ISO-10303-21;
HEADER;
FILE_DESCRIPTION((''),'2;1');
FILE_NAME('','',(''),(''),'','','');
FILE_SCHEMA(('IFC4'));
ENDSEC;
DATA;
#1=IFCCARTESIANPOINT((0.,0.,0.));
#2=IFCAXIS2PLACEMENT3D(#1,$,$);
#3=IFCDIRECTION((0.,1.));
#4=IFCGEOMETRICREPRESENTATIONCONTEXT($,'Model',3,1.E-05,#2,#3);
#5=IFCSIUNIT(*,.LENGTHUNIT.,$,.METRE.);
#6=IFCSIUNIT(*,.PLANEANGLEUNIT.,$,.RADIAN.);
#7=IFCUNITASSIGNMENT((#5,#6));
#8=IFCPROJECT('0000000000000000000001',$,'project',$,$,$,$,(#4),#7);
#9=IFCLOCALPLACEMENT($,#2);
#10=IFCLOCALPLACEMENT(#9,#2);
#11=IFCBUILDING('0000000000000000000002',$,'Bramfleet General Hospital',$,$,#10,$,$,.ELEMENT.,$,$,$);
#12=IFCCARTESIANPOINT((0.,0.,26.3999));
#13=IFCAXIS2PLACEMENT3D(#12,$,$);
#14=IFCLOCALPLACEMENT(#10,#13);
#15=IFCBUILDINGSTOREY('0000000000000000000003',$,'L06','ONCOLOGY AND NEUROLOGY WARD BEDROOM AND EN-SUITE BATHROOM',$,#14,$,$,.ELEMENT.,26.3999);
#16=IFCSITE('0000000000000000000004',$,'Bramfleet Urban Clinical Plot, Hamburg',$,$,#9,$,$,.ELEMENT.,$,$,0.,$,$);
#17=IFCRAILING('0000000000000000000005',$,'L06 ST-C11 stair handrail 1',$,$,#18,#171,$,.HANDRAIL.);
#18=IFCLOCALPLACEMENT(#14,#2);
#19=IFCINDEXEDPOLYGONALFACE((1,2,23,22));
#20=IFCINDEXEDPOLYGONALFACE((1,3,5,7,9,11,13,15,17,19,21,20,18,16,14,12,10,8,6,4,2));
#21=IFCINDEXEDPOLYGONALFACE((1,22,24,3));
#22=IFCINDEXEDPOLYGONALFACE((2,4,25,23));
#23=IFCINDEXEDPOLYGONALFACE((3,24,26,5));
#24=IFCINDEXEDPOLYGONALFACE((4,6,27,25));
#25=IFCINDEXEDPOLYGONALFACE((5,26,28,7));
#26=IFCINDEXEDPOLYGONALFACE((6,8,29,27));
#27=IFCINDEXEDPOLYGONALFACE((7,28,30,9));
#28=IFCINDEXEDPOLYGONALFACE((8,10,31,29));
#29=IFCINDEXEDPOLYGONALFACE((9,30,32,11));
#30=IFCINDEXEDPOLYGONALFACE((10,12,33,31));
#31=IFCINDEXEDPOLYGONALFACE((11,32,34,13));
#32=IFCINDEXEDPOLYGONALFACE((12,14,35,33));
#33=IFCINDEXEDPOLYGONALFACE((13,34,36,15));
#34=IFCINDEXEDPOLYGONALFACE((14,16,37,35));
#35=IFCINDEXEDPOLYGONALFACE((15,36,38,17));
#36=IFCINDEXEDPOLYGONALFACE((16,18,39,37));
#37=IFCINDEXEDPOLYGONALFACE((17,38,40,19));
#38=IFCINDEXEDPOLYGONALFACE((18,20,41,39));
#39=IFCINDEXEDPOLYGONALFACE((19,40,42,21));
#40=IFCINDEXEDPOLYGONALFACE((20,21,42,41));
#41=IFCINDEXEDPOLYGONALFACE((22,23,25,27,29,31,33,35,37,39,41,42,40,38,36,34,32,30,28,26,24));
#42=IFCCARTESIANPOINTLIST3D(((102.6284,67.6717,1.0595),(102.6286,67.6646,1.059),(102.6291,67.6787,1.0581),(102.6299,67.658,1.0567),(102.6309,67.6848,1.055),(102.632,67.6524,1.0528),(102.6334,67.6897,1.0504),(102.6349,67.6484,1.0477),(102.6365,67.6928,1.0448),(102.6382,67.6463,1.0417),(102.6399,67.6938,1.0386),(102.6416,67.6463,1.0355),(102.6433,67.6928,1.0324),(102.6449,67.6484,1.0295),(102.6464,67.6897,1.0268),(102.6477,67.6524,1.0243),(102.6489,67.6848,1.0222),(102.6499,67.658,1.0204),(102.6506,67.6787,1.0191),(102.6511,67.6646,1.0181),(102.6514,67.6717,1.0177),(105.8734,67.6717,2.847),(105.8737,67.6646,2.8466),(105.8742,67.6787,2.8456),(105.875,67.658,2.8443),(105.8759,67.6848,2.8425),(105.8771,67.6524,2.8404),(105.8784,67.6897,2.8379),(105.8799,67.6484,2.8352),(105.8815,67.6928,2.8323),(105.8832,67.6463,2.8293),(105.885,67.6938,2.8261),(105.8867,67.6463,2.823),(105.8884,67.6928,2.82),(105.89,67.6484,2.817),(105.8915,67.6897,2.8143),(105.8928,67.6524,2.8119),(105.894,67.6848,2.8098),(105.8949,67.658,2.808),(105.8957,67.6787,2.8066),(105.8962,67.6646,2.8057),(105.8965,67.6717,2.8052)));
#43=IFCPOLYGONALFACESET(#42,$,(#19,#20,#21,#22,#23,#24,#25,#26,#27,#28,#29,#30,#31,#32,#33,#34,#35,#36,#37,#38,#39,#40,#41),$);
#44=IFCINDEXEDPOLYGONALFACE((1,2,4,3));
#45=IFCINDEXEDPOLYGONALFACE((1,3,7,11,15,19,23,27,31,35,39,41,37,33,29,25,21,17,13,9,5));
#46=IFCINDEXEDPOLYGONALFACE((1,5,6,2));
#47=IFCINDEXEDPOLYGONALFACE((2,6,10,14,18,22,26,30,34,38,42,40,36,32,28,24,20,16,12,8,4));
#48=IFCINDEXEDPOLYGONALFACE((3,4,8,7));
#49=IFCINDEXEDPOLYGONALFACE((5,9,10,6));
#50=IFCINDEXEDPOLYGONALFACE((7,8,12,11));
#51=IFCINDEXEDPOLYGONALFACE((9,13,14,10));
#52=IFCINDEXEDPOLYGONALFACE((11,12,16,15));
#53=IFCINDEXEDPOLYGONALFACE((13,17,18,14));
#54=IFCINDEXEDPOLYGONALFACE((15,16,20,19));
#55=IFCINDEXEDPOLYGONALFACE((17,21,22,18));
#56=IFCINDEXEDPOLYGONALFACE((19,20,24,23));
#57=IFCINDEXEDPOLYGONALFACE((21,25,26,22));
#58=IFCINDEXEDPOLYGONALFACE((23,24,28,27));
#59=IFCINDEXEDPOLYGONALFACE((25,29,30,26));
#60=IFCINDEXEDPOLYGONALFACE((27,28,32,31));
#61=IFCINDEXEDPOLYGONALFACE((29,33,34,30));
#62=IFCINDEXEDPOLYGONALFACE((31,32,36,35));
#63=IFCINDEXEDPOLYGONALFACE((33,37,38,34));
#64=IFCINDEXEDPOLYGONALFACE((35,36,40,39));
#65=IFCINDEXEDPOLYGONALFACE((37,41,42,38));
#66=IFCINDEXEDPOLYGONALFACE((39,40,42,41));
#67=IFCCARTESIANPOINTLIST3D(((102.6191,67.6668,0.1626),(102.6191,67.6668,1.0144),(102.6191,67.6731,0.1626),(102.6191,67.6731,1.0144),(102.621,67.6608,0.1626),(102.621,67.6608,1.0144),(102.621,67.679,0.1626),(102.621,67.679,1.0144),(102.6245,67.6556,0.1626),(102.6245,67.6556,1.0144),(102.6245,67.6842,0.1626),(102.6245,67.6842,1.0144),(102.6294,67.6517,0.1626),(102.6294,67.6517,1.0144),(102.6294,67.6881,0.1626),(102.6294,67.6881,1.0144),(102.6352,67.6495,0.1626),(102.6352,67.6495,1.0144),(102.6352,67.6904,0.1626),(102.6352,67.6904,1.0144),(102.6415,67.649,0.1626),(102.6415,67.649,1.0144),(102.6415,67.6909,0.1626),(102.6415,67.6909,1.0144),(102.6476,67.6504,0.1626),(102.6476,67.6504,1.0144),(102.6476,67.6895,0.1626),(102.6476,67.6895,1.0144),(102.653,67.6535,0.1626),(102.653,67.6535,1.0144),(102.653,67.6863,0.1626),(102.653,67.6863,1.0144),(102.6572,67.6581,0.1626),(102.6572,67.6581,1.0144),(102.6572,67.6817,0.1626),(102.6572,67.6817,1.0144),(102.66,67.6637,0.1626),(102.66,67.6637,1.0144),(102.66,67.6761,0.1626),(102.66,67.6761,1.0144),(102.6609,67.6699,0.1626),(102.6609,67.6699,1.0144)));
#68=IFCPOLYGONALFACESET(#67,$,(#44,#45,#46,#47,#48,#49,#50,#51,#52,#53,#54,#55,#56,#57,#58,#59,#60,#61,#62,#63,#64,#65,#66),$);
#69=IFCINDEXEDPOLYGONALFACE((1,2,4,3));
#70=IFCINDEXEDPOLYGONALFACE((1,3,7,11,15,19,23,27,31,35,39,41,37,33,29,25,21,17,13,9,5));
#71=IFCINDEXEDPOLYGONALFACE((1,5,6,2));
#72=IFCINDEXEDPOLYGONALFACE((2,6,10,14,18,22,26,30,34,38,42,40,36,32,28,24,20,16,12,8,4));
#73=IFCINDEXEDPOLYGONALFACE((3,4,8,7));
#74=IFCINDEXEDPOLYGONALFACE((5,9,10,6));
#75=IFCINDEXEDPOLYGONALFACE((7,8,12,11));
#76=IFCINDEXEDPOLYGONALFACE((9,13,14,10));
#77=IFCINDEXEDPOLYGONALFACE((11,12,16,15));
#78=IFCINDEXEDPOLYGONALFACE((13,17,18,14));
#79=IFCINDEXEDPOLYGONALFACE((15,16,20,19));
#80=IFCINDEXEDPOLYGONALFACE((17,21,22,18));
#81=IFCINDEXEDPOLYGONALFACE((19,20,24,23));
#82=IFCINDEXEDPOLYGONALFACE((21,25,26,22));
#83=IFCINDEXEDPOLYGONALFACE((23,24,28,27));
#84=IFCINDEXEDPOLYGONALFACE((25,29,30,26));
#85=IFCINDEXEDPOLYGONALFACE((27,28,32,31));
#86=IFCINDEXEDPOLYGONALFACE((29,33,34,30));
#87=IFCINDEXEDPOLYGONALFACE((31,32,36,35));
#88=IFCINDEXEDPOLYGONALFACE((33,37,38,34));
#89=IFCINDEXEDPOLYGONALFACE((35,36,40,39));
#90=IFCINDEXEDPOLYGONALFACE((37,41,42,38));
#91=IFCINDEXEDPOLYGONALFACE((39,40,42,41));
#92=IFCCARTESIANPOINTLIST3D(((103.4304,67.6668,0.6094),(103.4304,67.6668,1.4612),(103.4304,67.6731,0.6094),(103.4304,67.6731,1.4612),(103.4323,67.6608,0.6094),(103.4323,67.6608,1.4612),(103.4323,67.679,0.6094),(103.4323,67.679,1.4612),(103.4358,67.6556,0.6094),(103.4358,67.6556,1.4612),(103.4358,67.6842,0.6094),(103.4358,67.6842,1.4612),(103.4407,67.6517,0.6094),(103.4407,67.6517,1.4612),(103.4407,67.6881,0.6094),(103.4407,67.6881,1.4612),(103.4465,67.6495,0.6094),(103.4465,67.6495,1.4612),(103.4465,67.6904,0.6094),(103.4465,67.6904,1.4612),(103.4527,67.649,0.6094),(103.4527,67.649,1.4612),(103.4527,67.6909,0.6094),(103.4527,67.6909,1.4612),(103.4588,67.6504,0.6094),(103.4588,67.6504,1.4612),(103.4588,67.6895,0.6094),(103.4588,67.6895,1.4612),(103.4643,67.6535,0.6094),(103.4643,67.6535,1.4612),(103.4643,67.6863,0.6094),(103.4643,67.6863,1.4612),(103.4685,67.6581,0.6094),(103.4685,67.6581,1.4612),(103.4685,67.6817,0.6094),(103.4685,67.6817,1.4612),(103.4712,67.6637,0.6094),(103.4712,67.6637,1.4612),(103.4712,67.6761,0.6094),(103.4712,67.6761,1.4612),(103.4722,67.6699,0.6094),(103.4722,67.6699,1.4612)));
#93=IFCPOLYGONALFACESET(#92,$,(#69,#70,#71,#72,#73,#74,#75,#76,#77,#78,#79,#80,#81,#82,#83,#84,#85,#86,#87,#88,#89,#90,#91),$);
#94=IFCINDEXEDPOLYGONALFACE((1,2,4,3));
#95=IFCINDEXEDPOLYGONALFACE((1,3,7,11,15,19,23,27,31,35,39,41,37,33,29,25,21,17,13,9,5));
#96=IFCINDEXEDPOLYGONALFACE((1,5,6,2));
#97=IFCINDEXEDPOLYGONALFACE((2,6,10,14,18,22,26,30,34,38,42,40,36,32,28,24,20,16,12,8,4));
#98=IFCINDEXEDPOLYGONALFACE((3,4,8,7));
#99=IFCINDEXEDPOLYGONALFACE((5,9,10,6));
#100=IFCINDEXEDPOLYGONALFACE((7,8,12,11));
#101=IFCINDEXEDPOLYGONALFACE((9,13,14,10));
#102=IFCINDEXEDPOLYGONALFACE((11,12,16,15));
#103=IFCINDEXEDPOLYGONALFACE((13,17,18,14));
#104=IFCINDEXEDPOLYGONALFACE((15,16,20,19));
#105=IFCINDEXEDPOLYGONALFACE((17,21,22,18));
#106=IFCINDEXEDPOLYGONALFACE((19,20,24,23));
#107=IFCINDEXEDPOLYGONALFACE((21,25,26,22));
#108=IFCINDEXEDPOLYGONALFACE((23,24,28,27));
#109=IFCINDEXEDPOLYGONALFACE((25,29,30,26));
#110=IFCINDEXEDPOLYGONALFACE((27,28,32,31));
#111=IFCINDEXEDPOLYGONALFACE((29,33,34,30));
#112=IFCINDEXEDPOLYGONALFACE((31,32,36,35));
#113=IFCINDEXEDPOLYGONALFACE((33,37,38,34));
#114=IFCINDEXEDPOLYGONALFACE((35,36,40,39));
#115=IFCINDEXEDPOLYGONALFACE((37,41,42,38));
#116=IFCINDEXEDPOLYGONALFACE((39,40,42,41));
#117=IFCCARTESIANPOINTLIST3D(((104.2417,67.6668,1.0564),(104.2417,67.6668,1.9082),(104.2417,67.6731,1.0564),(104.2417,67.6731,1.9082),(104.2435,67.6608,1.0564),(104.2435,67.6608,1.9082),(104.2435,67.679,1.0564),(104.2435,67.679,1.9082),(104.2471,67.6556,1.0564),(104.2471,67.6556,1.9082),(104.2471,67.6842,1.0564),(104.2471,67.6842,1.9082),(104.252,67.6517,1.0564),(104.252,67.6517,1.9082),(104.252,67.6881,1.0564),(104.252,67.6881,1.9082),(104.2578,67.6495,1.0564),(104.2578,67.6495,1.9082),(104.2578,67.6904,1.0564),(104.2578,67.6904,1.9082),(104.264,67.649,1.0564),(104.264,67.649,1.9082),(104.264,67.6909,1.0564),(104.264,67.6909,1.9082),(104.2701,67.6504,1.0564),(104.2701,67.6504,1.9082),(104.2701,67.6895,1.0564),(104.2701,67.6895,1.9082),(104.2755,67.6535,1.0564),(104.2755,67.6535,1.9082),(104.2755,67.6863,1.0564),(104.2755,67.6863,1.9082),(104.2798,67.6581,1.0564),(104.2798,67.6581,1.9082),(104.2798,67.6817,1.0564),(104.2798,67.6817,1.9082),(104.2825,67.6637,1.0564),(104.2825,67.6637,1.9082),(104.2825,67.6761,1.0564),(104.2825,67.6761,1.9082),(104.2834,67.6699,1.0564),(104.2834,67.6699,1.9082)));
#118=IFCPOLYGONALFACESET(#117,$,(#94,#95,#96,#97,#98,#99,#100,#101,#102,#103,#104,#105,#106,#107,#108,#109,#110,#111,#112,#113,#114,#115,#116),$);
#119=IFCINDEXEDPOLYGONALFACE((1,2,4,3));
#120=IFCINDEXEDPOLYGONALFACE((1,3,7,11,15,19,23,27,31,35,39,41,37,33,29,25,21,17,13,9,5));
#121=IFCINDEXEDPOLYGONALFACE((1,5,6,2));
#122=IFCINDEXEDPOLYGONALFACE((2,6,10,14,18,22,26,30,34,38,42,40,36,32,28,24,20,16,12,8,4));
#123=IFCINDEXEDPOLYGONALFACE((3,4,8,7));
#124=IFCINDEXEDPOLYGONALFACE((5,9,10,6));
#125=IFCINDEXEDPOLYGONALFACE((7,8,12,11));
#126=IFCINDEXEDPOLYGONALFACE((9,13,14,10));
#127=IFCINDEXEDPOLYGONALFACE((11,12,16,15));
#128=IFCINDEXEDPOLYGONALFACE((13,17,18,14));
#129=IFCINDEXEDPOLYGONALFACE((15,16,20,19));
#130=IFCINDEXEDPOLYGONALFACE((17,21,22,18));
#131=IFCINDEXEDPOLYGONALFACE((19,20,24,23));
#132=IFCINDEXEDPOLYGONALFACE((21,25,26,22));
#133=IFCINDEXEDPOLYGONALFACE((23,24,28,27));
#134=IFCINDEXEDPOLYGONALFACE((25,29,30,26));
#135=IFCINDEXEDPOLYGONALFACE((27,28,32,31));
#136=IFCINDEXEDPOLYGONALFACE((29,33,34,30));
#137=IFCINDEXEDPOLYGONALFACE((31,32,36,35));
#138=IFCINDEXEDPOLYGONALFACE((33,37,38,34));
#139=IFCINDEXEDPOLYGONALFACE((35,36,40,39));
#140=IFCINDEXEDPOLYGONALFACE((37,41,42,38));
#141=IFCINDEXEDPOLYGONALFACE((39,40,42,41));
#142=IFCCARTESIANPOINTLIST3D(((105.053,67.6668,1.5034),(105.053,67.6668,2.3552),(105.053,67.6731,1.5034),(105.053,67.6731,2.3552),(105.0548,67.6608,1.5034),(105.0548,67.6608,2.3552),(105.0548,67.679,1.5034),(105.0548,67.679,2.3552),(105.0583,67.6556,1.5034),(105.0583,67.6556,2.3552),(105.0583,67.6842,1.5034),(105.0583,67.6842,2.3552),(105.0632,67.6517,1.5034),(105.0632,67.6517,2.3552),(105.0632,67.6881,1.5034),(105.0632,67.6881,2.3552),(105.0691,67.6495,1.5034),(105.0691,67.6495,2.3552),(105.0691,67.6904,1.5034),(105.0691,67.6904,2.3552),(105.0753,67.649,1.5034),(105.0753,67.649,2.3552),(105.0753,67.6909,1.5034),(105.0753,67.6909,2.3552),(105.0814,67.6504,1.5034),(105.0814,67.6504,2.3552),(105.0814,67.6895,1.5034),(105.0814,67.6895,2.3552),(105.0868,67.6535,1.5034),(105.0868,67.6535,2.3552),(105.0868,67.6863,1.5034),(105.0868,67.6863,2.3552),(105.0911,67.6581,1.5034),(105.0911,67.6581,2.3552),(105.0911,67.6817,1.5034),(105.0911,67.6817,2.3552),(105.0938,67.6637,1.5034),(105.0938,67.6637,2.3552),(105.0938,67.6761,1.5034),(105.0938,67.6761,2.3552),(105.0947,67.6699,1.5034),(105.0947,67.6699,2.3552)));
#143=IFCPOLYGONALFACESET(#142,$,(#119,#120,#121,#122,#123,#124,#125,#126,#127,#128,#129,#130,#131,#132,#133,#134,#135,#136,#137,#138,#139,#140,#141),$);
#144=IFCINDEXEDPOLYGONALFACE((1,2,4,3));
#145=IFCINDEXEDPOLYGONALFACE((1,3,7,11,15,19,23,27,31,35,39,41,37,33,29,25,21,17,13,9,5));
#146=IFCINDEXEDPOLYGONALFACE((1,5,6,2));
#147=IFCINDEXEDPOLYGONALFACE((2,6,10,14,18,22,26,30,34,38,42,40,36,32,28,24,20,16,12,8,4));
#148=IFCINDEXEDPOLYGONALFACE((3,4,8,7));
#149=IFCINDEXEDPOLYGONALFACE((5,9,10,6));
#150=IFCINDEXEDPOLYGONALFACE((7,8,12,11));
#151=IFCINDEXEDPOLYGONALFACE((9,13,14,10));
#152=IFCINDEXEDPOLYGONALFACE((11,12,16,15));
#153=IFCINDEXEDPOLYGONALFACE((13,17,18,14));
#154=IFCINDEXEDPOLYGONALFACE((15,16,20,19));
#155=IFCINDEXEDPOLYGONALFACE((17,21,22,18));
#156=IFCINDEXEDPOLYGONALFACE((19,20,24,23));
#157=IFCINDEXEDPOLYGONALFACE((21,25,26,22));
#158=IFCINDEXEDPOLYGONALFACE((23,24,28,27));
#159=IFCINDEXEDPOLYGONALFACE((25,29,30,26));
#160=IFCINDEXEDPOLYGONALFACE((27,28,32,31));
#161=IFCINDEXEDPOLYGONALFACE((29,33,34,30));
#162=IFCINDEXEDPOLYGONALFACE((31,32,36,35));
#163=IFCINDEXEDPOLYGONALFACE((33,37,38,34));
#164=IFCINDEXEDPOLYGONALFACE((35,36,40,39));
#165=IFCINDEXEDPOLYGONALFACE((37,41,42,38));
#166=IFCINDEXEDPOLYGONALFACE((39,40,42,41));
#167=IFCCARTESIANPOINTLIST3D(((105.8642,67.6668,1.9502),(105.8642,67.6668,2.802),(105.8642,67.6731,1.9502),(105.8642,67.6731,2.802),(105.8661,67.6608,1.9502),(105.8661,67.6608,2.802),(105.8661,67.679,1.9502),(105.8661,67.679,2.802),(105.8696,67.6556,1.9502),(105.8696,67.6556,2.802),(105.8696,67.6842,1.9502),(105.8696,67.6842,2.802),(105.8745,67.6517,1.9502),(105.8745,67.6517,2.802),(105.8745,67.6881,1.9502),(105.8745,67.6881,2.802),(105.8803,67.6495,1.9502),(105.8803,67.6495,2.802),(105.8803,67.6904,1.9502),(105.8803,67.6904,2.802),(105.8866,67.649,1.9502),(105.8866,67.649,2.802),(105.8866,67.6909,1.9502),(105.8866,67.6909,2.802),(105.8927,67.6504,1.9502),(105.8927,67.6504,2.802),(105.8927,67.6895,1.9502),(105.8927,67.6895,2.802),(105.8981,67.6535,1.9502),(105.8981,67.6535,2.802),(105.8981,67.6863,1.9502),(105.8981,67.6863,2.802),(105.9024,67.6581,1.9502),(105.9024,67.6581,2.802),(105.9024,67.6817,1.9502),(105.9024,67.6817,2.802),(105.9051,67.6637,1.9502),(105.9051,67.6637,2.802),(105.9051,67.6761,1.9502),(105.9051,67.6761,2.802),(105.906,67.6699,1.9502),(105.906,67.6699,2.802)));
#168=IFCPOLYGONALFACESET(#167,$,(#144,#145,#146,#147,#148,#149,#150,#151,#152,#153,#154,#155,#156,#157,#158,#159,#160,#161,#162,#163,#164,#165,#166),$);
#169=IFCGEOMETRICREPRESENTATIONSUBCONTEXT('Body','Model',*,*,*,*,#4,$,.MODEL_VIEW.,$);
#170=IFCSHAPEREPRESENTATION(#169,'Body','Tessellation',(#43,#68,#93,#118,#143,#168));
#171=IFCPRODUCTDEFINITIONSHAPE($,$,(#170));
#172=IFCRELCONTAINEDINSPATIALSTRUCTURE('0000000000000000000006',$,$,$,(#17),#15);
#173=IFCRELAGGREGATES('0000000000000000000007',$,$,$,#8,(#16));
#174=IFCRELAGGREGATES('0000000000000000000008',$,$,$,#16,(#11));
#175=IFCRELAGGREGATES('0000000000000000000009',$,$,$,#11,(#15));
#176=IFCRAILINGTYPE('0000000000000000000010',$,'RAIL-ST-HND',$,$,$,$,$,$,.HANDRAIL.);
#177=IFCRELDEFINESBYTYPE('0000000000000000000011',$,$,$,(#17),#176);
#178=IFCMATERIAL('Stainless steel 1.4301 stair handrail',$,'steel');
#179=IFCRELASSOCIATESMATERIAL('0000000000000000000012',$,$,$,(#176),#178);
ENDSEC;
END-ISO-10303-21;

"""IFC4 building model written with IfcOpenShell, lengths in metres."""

from ifc_helpers import new_model, si_unit, direction, frame, origin, origin_2d, place, context, subcontext, project, spatial, circle, extrude, material, type_object, element, save


model = new_model("IFC4")

# Units and contexts
model_context = context("Model", 3, precision=1e-05, world=origin(), true_north=direction((0.0, 1.0)))
body_context = subcontext(model_context, "Body", "Model", "MODEL_VIEW")
ifc_project = project(units=[si_unit("LENGTHUNIT", "METRE"), si_unit("PLANEANGLEUNIT", "RADIAN")], contexts=[model_context])

# Site, building, storey
site_placement = place(None, origin())
site = spatial("IfcSite", under=ifc_project, at=site_placement, Name="Bramfleet Urban Clinical Plot, Hamburg", CompositionType="ELEMENT", RefElevation=0.0)
building_placement = place(site_placement, origin())
building = spatial("IfcBuilding", under=site, at=building_placement, Name="Bramfleet General Hospital", CompositionType="ELEMENT")
storey_placement = place(building_placement, frame((0.0, 0.0, 26.3999)))
storey = spatial("IfcBuildingStorey", under=building, at=storey_placement, Name="L06", Description="ONCOLOGY AND NEUROLOGY WARD BEDROOM AND EN-SUITE BATHROOM", CompositionType="ELEMENT", Elevation=26.3999)

# Railing
ifc_material_1 = material(Name="Stainless steel 1.4301 stair handrail", Category="steel")
railing_type_1 = type_object("IfcRailingType", Name="RAIL-ST-HND", PredefinedType="HANDRAIL", material=ifc_material_1)
railing_1_placement = place(storey_placement, frame((102.6399, 67.6699, 0.1626)))
element("IfcRailing", 1, at=railing_1_placement, inside=storey, type_object=railing_type_1, Name="L06 ST-C11 stair handrail 1", PredefinedType="HANDRAIL", context=body_context, shape_type="SweptSolid", body=[
    extrude(circle(Radius=0.0239, at=origin_2d()), frame((0.0, 0.0, 0.876), z_axis=(0.875899, 0.0, 0.482495), x_axis=(0.0, 1.0, 0.0)), (0.0, 0.0, 1.0), 3.7048),
    extrude(circle(Radius=0.021, at=origin_2d()), origin(), (0.0, 0.0, 1.0), 0.8518),
    extrude(circle(Radius=0.021, at=origin_2d()), frame((0.8113, 0.0, 0.4468)), (0.0, 0.0, 1.0), 0.8518),
    extrude(circle(Radius=0.021, at=origin_2d()), frame((1.6226, 0.0, 0.8938)), (0.0, 0.0, 1.0), 0.8518),
    extrude(circle(Radius=0.021, at=origin_2d()), frame((2.4338, 0.0, 1.3408)), (0.0, 0.0, 1.0), 0.8518),
    extrude(circle(Radius=0.021, at=origin_2d()), frame((3.2451, 0.0, 1.7876)), (0.0, 0.0, 1.0), 0.8518),
])

save(model, "model.ifc")
